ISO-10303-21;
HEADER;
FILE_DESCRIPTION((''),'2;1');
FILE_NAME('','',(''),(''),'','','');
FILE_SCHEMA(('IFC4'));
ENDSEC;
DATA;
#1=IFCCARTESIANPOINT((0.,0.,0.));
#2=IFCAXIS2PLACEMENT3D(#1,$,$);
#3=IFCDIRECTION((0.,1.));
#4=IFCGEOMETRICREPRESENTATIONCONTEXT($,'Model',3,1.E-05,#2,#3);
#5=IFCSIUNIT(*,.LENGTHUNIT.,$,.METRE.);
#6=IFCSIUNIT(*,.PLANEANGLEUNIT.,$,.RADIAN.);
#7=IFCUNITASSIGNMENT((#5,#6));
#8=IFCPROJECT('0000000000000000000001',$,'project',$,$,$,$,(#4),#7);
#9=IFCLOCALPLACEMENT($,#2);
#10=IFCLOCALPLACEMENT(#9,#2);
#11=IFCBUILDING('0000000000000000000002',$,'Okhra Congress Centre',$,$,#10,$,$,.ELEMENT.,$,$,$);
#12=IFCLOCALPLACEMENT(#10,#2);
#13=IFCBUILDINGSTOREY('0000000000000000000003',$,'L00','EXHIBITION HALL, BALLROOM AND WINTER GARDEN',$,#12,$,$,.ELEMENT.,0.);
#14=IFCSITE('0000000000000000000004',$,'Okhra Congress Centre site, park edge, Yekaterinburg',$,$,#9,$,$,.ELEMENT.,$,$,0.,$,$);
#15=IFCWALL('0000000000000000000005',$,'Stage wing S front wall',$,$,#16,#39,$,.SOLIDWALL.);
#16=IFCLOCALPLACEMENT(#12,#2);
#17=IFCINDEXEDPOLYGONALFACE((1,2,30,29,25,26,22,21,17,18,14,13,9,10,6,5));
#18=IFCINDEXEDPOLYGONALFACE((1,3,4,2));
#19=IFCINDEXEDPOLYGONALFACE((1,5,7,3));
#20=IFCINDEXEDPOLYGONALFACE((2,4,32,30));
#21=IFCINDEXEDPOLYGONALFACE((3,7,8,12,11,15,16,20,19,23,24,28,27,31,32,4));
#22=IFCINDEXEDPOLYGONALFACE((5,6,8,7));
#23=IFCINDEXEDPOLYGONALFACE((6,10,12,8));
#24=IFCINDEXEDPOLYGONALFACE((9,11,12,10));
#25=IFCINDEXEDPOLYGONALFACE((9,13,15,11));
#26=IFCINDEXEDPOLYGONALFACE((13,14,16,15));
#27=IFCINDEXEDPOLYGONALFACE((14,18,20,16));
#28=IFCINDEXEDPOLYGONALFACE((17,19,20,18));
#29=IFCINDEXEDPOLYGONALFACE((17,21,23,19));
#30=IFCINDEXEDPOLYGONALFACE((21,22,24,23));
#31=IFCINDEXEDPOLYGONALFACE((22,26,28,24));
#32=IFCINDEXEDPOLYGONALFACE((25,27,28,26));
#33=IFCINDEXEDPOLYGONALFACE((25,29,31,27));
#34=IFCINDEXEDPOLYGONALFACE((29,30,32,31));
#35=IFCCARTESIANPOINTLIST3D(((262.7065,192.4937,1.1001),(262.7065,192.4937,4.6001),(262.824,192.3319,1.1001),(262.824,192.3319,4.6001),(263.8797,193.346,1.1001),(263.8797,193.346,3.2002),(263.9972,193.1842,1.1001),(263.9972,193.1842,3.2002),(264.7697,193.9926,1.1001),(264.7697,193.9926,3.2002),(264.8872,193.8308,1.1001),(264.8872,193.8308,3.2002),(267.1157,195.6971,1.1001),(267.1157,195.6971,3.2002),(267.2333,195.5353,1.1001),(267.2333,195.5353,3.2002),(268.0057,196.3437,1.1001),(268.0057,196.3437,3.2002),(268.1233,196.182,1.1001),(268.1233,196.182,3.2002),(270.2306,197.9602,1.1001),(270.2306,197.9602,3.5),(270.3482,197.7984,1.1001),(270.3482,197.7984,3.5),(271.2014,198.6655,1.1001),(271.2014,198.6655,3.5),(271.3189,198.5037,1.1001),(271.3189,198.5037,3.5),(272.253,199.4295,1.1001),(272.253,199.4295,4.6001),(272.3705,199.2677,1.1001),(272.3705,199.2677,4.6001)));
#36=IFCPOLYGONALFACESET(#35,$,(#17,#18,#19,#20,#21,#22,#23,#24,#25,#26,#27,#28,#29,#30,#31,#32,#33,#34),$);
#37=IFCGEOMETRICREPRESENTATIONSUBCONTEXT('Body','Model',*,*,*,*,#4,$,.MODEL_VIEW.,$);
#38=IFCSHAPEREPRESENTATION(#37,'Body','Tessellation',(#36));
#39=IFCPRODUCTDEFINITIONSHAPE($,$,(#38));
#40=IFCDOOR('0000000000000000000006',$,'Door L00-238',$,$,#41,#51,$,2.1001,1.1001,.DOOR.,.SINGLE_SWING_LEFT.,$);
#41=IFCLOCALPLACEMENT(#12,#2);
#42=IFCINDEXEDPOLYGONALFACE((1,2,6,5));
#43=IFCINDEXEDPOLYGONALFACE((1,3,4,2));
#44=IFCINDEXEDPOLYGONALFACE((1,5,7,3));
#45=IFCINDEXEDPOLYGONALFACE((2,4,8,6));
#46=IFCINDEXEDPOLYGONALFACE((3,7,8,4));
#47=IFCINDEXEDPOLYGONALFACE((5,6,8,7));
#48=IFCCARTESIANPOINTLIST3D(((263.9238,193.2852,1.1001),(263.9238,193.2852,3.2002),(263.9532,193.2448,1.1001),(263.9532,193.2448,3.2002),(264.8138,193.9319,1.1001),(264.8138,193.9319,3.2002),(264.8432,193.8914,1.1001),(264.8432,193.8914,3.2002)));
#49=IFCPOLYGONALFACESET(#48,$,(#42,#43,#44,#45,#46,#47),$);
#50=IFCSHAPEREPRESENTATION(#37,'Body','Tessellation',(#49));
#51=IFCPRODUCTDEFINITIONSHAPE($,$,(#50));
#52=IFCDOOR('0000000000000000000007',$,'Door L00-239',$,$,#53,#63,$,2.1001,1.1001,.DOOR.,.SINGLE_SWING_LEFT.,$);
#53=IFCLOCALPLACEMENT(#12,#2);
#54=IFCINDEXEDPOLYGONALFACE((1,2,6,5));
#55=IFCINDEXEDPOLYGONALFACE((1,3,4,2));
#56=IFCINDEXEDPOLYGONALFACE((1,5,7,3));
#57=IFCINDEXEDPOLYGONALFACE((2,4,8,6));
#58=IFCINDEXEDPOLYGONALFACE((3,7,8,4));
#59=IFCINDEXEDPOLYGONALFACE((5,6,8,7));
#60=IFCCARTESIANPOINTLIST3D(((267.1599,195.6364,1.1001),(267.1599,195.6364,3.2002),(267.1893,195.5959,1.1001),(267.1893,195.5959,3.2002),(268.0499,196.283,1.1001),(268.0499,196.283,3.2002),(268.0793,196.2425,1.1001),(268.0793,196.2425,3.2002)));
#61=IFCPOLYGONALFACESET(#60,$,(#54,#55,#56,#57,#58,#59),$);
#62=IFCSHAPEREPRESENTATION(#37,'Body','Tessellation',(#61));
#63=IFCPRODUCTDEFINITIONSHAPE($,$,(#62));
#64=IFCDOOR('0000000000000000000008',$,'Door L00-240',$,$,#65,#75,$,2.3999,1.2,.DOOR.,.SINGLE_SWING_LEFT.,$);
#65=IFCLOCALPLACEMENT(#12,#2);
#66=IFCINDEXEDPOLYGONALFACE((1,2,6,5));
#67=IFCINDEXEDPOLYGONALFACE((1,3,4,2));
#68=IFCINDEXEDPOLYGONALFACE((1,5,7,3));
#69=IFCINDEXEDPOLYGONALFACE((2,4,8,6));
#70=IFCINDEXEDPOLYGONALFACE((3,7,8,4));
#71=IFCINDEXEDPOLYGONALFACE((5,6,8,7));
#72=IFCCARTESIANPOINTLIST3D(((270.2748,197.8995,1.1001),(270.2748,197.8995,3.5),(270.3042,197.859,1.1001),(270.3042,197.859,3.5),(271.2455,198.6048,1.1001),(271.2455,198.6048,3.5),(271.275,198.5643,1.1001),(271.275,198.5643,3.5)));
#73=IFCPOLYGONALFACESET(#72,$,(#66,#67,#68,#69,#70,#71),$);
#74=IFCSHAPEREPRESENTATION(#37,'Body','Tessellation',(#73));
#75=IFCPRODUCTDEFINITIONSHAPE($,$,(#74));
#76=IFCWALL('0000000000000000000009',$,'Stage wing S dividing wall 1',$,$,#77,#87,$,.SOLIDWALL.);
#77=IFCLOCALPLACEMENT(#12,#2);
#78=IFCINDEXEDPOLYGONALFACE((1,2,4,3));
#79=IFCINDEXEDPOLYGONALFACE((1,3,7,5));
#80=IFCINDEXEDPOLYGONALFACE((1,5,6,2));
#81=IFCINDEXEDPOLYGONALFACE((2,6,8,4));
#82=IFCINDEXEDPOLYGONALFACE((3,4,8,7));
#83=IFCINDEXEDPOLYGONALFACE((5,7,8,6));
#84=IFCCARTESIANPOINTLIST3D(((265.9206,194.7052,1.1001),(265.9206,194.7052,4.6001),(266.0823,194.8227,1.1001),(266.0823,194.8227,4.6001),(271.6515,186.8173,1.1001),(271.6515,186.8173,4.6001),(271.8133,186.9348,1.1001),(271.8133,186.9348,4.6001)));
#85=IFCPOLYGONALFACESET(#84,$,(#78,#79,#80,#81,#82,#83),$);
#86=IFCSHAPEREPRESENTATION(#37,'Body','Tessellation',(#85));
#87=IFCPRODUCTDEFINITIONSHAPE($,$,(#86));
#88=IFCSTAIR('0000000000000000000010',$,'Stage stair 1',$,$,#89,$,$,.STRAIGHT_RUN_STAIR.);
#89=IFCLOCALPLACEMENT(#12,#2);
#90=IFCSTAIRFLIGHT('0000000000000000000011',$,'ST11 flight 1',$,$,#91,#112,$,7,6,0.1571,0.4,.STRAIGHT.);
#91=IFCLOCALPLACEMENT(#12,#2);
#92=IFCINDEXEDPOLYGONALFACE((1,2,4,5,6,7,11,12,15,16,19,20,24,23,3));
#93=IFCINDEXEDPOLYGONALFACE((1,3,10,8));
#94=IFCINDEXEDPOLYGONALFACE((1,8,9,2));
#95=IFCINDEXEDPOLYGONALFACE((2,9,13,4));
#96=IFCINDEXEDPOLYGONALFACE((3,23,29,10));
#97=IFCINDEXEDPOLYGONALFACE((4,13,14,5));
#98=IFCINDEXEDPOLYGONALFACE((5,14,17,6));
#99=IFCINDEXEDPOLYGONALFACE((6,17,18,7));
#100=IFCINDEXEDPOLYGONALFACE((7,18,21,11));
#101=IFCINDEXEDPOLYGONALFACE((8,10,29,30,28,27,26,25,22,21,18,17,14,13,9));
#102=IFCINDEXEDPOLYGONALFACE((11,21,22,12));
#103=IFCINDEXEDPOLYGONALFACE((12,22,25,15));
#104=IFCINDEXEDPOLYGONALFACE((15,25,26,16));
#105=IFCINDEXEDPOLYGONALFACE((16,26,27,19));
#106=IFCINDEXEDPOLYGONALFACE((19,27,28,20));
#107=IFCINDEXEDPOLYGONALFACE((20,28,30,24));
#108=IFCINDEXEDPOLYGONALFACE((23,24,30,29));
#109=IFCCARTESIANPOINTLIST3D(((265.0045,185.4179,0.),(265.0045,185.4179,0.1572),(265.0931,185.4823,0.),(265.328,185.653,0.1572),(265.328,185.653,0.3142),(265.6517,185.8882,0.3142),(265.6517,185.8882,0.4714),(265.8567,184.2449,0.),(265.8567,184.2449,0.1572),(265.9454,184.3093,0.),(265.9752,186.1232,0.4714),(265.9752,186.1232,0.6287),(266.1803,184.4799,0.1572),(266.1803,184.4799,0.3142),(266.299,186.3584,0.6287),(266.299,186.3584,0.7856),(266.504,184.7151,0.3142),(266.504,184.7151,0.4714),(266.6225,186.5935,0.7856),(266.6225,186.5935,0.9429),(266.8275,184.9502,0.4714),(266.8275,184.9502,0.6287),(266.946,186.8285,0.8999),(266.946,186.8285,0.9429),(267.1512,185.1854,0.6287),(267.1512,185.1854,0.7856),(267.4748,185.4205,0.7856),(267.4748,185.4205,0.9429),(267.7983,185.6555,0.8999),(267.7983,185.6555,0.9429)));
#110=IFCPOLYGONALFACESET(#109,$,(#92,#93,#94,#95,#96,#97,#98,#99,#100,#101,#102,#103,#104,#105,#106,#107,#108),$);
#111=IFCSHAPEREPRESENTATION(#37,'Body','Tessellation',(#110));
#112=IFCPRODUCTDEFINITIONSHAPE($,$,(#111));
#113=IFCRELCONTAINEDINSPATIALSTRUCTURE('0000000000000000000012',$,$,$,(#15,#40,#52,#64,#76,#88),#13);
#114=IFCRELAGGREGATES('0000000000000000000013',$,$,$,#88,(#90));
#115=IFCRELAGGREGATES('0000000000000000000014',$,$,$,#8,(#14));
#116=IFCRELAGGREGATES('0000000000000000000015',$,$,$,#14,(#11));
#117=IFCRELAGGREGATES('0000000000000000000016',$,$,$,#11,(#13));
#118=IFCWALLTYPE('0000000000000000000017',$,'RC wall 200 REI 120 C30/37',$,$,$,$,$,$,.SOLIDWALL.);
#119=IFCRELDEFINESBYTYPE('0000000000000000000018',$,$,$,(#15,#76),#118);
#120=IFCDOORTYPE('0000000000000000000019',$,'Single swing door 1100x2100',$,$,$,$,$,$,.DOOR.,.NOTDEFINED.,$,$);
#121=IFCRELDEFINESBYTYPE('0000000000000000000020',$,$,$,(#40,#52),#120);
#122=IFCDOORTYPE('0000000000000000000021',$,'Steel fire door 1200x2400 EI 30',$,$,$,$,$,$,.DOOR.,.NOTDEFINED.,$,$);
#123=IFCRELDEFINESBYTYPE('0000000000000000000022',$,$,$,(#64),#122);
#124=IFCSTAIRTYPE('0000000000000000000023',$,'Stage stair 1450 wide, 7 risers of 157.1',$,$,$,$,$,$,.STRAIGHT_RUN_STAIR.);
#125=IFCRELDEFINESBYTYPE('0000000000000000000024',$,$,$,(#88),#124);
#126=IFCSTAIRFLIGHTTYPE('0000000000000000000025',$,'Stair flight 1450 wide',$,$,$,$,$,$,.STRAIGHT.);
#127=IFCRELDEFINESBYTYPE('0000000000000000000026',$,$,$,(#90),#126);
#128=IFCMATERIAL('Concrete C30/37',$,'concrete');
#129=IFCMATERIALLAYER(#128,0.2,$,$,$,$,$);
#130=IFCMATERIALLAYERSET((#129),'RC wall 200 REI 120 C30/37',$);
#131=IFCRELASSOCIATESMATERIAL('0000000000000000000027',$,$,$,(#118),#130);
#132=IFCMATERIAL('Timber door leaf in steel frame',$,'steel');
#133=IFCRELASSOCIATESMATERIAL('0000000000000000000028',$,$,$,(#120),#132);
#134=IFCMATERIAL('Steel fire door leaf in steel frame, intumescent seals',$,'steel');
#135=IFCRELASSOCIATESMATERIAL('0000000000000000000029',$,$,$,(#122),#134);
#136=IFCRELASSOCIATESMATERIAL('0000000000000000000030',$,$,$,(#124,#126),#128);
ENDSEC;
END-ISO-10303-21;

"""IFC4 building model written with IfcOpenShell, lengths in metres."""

from ifc_helpers import new_model, si_unit, direction, frame, frame_2d, origin, place, context, subcontext, project, spatial, polyline, rectangle, outline, extrude, material, layer, layer_set, type_object, element, fill, aggregate, save


model = new_model("IFC4")

# Units and contexts
model_context = context("Model", 3, precision=1e-05, world=origin(), true_north=direction((0.0, 1.0)))
body_context = subcontext(model_context, "Body", "Model", "MODEL_VIEW")
ifc_project = project(units=[si_unit("LENGTHUNIT", "METRE"), si_unit("PLANEANGLEUNIT", "RADIAN")], contexts=[model_context])

# Site, building, storey
site_placement = place(None, origin())
site = spatial("IfcSite", under=ifc_project, at=site_placement, Name="Okhra Congress Centre site, park edge, Yekaterinburg", CompositionType="ELEMENT", RefElevation=0.0)
building_placement = place(site_placement, origin())
building = spatial("IfcBuilding", under=site, at=building_placement, Name="Okhra Congress Centre", CompositionType="ELEMENT")
storey_placement = place(building_placement, origin())
storey = spatial("IfcBuildingStorey", under=building, at=storey_placement, Name="L00", Description="EXHIBITION HALL, BALLROOM AND WINTER GARDEN", CompositionType="ELEMENT", Elevation=0.0)

# Shared definitions
ifc_material_1 = material(Name="Concrete C30/37", Category="concrete")

# Wall, openings, doors
ifc_layer_1 = layer(ifc_material_1, 0.2)
ifc_layer_set_1 = layer_set([ifc_layer_1], Name="RC wall 200 REI 120 C30/37")
wall_type_1 = type_object("IfcWallType", Name="RC wall 200 REI 120 C30/37", PredefinedType="SOLIDWALL", material=ifc_layer_set_1)
wall_1_placement = place(storey_placement, frame((262.7654, 192.4128, 1.1001), z_axis=(0.0, 0.0, 1.0), x_axis=(0.80902, 0.587782, 0.0)))
wall_1 = element("IfcWall", 1, at=wall_1_placement, inside=storey, type_object=wall_type_1, Name="Stage wing S front wall", PredefinedType="SOLIDWALL", context=body_context, shape_type="SweptSolid", body=[
    extrude(rectangle(XDim=11.8, YDim=0.2, at=frame_2d((5.8999, 0.0))), origin(), (0.0, 0.0, 1.0), 3.5),
])
opening_1_placement = place(wall_1_placement, frame((1.45, 0.0, 0.0)))
opening_1 = element("IfcOpeningElement", 2, at=opening_1_placement, cuts=wall_1, PredefinedType="OPENING", context=body_context, shape_type="SweptSolid", body=[
    extrude(rectangle(XDim=1.1001, YDim=2.1001, at=frame_2d((0.55, 1.05))), frame((0.0, 0.1099, 0.0), z_axis=(0.0, -1.0, 0.0), x_axis=(1.0, 0.0, 0.0)), (0.0, 0.0, 1.0), 0.22),
])
opening_2_placement = place(wall_1_placement, frame((5.45, 0.0, 0.0)))
opening_2 = element("IfcOpeningElement", 3, at=opening_2_placement, cuts=wall_1, PredefinedType="OPENING", context=body_context, shape_type="SweptSolid", body=[
    extrude(rectangle(XDim=1.1001, YDim=2.1001, at=frame_2d((0.55, 1.05))), frame((0.0, 0.1099, 0.0), z_axis=(0.0, -1.0, 0.0), x_axis=(1.0, 0.0, 0.0)), (0.0, 0.0, 1.0), 0.22),
])
opening_3_placement = place(wall_1_placement, frame((9.3, 0.0, 0.0)))
opening_3 = element("IfcOpeningElement", 4, at=opening_3_placement, cuts=wall_1, PredefinedType="OPENING", context=body_context, shape_type="SweptSolid", body=[
    extrude(rectangle(XDim=1.2, YDim=2.3999, at=frame_2d((0.6001, 1.2))), frame((0.0, 0.1099, 0.0), z_axis=(0.0, -1.0, 0.0), x_axis=(1.0, 0.0, 0.0)), (0.0, 0.0, 1.0), 0.22),
])
ifc_material_2 = material(Name="Timber door leaf in steel frame", Category="steel")
door_type_1 = type_object("IfcDoorType", Name="Single swing door 1100x2100", OperationType="NOTDEFINED", PredefinedType="DOOR", material=ifc_material_2)
door_1_placement = place(opening_1_placement, origin())
door_1 = element("IfcDoor", 5, at=door_1_placement, inside=storey, type_object=door_type_1, Name="Door L00-238", OperationType="SINGLE_SWING_LEFT", OverallHeight=2.1001, OverallWidth=1.1001, PredefinedType="DOOR", context=body_context, shape_type="SweptSolid", body=[
    extrude(rectangle(XDim=1.1001, YDim=2.1001, at=frame_2d((0.55, 1.05))), frame((0.0, 0.0249, 0.0), z_axis=(0.0, -1.0, 0.0), x_axis=(1.0, 0.0, 0.0)), (0.0, 0.0, 1.0), 0.05),
])
fill(opening_1, door_1)
door_2_placement = place(opening_2_placement, origin())
door_2 = element("IfcDoor", 6, at=door_2_placement, inside=storey, type_object=door_type_1, Name="Door L00-239", OperationType="SINGLE_SWING_LEFT", OverallHeight=2.1001, OverallWidth=1.1001, PredefinedType="DOOR", context=body_context, shape_type="SweptSolid", body=[
    extrude(rectangle(XDim=1.1001, YDim=2.1001, at=frame_2d((0.55, 1.05))), frame((0.0, 0.0249, 0.0), z_axis=(0.0, -1.0, 0.0), x_axis=(1.0, 0.0, 0.0)), (0.0, 0.0, 1.0), 0.05),
])
fill(opening_2, door_2)
ifc_material_3 = material(Name="Steel fire door leaf in steel frame, intumescent seals", Category="steel")
door_type_2 = type_object("IfcDoorType", Name="Steel fire door 1200x2400 EI 30", OperationType="NOTDEFINED", PredefinedType="DOOR", material=ifc_material_3)
door_3_placement = place(opening_3_placement, origin())
door_3 = element("IfcDoor", 7, at=door_3_placement, inside=storey, type_object=door_type_2, Name="Door L00-240", OperationType="SINGLE_SWING_LEFT", OverallHeight=2.3999, OverallWidth=1.2, PredefinedType="DOOR", context=body_context, shape_type="SweptSolid", body=[
    extrude(rectangle(XDim=1.2, YDim=2.3999, at=frame_2d((0.6001, 1.2))), frame((0.0, 0.0249, 0.0), z_axis=(0.0, -1.0, 0.0), x_axis=(1.0, 0.0, 0.0)), (0.0, 0.0, 1.0), 0.05),
])
fill(opening_3, door_3)

# Wall
wall_2_placement = place(storey_placement, frame((266.0015, 194.7639, 1.1001), z_axis=(0.0, 0.0, 1.0), x_axis=(0.587788, -0.809015, 0.0)))
element("IfcWall", 8, at=wall_2_placement, inside=storey, type_object=wall_type_1, Name="Stage wing S dividing wall 1", PredefinedType="SOLIDWALL", context=body_context, shape_type="SweptSolid", body=[
    extrude(rectangle(XDim=9.75, YDim=0.2, at=frame_2d((4.875, 0.0))), origin(), (0.0, 0.0, 1.0), 3.5),
])

# Stair, stair flight
stair_type = type_object("IfcStairType", Name="Stage stair 1450 wide, 7 risers of 157.1", PredefinedType="STRAIGHT_RUN_STAIR", material=ifc_material_1)
stair_placement = place(storey_placement, origin())
stair = element("IfcStair", 9, at=stair_placement, inside=storey, type_object=stair_type, Name="Stage stair 1", PredefinedType="STRAIGHT_RUN_STAIR")
stair_flight_type = type_object("IfcStairFlightType", Name="Stair flight 1450 wide", PredefinedType="STRAIGHT", material=ifc_material_1)
stair_flight_placement = place(storey_placement, frame((265.4307, 184.8313, 0.0), z_axis=(0.0, 0.0, 1.0), x_axis=(0.809017, 0.587785, 0.0)))
stair_flight = element("IfcStairFlight", 10, at=stair_flight_placement, type_object=stair_flight_type, Name="ST11 flight 1", NumberOfRisers=7, NumberOfTreads=6, PredefinedType="STRAIGHT", RiserHeight=0.1571, TreadLength=0.4, context=body_context, shape_type="SweptSolid", body=[
    extrude(outline(polyline([(0.0, 0.0), (0.0, 0.1572), (0.3999, 0.1572), (0.3999, 0.3142), (0.8, 0.3142), (0.8, 0.4714), (1.2, 0.4714), (1.2, 0.6287), (1.6001, 0.6287), (1.6001, 0.7856), (2.0, 0.7856), (2.0, 0.9429), (2.3999, 0.9429), (2.3999, 1.1001), (2.3999, 0.8999), (0.1096, 0.0), (0.0, 0.0)])), frame((0.0, 0.7251, 0.0), z_axis=(0.0, -1.0, 0.0), x_axis=(1.0, 0.0, 0.0)), (0.0, 0.0, 1.0), 1.45),
])
aggregate(stair, [stair_flight])

save(model, "model.ifc")
